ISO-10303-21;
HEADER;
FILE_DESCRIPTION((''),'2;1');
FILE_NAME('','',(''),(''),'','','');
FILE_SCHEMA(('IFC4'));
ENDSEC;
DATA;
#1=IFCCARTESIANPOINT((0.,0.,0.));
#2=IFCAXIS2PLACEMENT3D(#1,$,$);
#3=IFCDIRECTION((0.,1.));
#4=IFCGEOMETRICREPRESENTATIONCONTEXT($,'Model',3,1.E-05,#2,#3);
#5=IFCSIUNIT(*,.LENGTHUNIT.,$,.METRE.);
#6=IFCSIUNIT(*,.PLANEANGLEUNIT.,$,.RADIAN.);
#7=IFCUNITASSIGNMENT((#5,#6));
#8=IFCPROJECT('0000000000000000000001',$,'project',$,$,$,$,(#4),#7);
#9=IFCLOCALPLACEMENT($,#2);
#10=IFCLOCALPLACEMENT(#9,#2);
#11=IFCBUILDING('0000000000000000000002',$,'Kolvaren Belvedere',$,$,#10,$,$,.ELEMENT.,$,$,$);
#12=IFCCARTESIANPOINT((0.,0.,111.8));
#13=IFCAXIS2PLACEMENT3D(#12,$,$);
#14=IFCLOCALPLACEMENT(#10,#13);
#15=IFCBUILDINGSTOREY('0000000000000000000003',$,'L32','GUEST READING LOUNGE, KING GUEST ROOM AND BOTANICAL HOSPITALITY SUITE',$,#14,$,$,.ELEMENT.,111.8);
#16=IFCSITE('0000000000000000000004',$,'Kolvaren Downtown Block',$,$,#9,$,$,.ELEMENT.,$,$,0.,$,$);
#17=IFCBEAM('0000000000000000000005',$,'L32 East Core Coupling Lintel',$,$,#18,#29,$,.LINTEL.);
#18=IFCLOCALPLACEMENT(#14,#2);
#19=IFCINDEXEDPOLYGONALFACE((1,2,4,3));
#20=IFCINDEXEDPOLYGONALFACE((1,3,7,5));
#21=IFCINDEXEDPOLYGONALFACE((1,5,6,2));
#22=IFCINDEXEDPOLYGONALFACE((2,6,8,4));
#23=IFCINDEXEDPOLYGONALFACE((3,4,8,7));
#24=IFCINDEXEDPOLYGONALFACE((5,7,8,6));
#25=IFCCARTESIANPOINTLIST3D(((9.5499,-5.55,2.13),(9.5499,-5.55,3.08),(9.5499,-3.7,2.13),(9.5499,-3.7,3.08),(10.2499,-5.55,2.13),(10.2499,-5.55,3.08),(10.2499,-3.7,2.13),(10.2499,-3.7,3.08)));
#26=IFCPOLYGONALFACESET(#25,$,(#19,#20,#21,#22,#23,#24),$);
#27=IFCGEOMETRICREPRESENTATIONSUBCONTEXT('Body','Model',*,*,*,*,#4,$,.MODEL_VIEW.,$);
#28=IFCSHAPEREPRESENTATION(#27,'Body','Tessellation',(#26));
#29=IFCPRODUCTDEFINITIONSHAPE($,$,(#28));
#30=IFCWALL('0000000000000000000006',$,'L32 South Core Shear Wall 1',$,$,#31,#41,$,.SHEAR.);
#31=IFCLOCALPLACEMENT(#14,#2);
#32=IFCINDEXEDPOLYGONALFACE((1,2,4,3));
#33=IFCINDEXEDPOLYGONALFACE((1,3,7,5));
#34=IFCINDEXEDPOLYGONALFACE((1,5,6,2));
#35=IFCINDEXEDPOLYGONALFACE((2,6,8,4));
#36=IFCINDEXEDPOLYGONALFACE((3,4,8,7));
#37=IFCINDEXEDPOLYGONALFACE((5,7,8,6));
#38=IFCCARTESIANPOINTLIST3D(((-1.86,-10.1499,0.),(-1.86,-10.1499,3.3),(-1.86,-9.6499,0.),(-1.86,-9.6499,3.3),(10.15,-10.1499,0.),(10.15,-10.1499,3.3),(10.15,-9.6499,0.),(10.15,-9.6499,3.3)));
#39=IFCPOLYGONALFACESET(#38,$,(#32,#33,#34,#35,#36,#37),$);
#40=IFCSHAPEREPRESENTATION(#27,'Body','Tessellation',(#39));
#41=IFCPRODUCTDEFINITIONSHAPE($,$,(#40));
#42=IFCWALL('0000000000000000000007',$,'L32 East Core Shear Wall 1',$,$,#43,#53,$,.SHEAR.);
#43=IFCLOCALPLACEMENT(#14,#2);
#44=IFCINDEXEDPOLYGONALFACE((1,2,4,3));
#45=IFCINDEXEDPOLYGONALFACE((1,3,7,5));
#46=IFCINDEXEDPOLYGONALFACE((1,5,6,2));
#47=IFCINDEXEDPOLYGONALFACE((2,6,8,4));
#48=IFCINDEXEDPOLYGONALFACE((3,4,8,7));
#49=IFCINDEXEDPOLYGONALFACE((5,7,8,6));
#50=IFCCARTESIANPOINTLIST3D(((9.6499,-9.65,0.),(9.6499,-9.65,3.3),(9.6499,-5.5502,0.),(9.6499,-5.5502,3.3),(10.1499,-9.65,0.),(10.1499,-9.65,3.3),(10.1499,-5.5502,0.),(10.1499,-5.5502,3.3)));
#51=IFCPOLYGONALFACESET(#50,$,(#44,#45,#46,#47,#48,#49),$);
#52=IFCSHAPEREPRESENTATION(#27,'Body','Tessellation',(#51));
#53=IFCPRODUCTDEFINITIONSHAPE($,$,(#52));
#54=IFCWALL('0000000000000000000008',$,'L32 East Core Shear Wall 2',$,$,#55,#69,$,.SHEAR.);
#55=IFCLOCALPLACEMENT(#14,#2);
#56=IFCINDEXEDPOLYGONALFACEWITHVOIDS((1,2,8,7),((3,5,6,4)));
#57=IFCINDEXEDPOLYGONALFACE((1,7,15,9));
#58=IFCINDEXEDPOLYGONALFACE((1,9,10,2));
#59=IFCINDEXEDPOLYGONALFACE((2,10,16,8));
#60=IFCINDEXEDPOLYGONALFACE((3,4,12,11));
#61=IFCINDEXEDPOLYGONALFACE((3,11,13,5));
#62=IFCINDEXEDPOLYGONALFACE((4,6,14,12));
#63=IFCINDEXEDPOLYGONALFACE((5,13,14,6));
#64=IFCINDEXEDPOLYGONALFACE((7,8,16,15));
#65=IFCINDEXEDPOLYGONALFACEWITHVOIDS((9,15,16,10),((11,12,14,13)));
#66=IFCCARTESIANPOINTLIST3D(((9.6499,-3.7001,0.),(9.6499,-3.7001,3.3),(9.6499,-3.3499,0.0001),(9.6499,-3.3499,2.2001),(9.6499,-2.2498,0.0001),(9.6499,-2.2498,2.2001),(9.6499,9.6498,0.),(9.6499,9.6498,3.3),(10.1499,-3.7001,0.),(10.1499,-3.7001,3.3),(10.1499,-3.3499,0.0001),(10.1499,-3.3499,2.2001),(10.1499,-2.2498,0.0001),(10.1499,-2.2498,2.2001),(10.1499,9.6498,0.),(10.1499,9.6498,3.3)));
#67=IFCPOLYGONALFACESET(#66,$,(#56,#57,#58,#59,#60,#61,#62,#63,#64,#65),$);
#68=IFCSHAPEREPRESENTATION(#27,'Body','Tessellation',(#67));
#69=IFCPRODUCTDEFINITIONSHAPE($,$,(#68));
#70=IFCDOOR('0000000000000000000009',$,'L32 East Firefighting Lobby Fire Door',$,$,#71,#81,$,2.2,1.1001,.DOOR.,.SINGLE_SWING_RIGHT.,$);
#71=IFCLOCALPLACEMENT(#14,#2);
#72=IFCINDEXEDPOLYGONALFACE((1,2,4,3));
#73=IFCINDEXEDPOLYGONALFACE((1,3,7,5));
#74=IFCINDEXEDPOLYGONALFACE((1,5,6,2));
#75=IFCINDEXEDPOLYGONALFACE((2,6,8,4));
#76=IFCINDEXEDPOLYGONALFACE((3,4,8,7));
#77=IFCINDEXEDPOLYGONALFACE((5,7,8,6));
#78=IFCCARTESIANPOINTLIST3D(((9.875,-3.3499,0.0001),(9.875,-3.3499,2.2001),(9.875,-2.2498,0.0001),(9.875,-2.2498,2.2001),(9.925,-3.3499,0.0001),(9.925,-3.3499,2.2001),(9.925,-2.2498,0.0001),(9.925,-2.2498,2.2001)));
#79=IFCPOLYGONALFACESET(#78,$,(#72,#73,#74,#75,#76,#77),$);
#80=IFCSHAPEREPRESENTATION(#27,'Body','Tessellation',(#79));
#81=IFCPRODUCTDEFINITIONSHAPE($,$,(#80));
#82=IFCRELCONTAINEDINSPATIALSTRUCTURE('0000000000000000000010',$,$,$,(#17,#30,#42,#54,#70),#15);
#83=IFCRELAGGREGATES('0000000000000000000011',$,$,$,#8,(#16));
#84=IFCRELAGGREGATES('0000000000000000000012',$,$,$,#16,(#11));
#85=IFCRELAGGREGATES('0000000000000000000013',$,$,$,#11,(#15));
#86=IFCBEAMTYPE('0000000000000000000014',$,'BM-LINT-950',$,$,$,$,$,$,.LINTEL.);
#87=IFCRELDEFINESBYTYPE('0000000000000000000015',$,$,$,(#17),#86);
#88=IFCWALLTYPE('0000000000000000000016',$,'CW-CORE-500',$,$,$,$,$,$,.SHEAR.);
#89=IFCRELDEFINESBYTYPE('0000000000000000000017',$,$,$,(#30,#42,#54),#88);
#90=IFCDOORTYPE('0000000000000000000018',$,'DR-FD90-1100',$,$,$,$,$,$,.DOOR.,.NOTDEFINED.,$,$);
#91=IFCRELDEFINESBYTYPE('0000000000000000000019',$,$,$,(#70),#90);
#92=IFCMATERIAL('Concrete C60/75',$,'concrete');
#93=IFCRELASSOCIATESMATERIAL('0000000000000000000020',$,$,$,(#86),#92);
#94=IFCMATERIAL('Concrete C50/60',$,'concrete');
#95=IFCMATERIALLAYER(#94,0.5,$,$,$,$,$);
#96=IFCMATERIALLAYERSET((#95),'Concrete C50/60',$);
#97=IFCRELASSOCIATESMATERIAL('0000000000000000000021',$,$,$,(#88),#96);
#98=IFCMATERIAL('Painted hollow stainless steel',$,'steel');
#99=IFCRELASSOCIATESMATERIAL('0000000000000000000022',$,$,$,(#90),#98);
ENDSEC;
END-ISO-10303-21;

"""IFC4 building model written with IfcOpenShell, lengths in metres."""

from ifc_helpers import new_model, si_unit, direction, frame, frame_2d, origin, origin_2d, place, context, subcontext, project, spatial, rectangle, extrude, material, layer, layer_set, material_profile, profile_set, type_object, element, fill, save


model = new_model("IFC4")

# Units and contexts
model_context = context("Model", 3, precision=1e-05, world=origin(), true_north=direction((0.0, 1.0)))
body_context = subcontext(model_context, "Body", "Model", "MODEL_VIEW")
ifc_project = project(units=[si_unit("LENGTHUNIT", "METRE"), si_unit("PLANEANGLEUNIT", "RADIAN")], contexts=[model_context])

# Site, building, storey
site_placement = place(None, origin())
site = spatial("IfcSite", under=ifc_project, at=site_placement, Name="Kolvaren Downtown Block", CompositionType="ELEMENT", RefElevation=0.0)
building_placement = place(site_placement, origin())
building = spatial("IfcBuilding", under=site, at=building_placement, Name="Kolvaren Belvedere", CompositionType="ELEMENT")
storey_placement = place(building_placement, frame((0.0, 0.0, 111.8)))
storey = spatial("IfcBuildingStorey", under=building, at=storey_placement, Name="L32", Description="GUEST READING LOUNGE, KING GUEST ROOM AND BOTANICAL HOSPITALITY SUITE", CompositionType="ELEMENT", Elevation=111.8)

# Beam
ifc_material_1 = material(Name="Concrete C60/75", Category="concrete")
ifc_material_profile_1 = material_profile(ifc_material_1, rectangle(XDim=0.7, YDim=0.95, at=origin_2d()), Name="RC 700X950")
ifc_profile_set_1 = profile_set([ifc_material_profile_1], Name="Concrete C60/75")
beam_type_1 = type_object("IfcBeamType", Name="BM-LINT-950", PredefinedType="LINTEL", material=ifc_profile_set_1)
beam_placement = place(storey_placement, frame((9.8999, -5.55, 2.605), z_axis=(0.0, 1.0, 0.0), x_axis=(-1.0, 0.0, 0.0)))
element("IfcBeam", 1, at=beam_placement, inside=storey, type_object=beam_type_1, Name="L32 East Core Coupling Lintel", PredefinedType="LINTEL", context=body_context, shape_type="SweptSolid", body=[
    extrude(rectangle(XDim=0.7, YDim=0.95, at=origin_2d()), origin(), (0.0, 0.0, 1.0), 1.8501),
])

# Walls
ifc_material_2 = material(Name="Concrete C50/60", Category="concrete")
ifc_layer_1 = layer(ifc_material_2, 0.5)
ifc_layer_set_1 = layer_set([ifc_layer_1], Name="Concrete C50/60")
wall_type_1 = type_object("IfcWallType", Name="CW-CORE-500", PredefinedType="SHEAR", material=ifc_layer_set_1)
wall_1_placement = place(storey_placement, frame((10.1499, -9.8999, 0.0), z_axis=(0.0, 0.0, 1.0), x_axis=(-1.0, 0.0, 0.0)))
element("IfcWall", 2, at=wall_1_placement, inside=storey, type_object=wall_type_1, Name="L32 South Core Shear Wall 1", PredefinedType="SHEAR", context=body_context, shape_type="SweptSolid", body=[
    extrude(rectangle(XDim=12.01, YDim=0.5, at=frame_2d((6.0049, 0.0))), origin(), (0.0, 0.0, 1.0), 3.3),
])
wall_2_placement = place(storey_placement, frame((9.8999, -9.6499, 0.0), z_axis=(0.0, 0.0, 1.0), x_axis=(0.0, 1.0, 0.0)))
element("IfcWall", 3, at=wall_2_placement, inside=storey, type_object=wall_type_1, Name="L32 East Core Shear Wall 1", PredefinedType="SHEAR", context=body_context, shape_type="SweptSolid", body=[
    extrude(rectangle(XDim=4.0999, YDim=0.5, at=frame_2d((2.0498, 0.0))), origin(), (0.0, 0.0, 1.0), 3.3),
])

# Wall, opening, door
wall_3_placement = place(storey_placement, frame((9.8999, -3.7, 0.0), z_axis=(0.0, 0.0, 1.0), x_axis=(0.0, 1.0, 0.0)))
wall_3 = element("IfcWall", 4, at=wall_3_placement, inside=storey, type_object=wall_type_1, Name="L32 East Core Shear Wall 2", PredefinedType="SHEAR", context=body_context, shape_type="SweptSolid", body=[
    extrude(rectangle(XDim=13.3499, YDim=0.5, at=frame_2d((6.6748, 0.0))), origin(), (0.0, 0.0, 1.0), 3.3),
])
opening_1_placement = place(wall_3_placement, frame((0.3501, 0.0, 0.0)))
opening_1 = element("IfcOpeningElement", 5, at=opening_1_placement, cuts=wall_3, PredefinedType="OPENING", context=body_context, shape_type="SweptSolid", body=[
    extrude(rectangle(XDim=1.1001, YDim=2.2, at=frame_2d((0.55, 1.1001))), frame((0.0, 0.26, 0.0), z_axis=(0.0, -1.0, 0.0), x_axis=(1.0, 0.0, 0.0)), (0.0, 0.0, 1.0), 0.52),
])
ifc_material_3 = material(Name="Painted hollow stainless steel", Category="steel")
door_type_1 = type_object("IfcDoorType", Name="DR-FD90-1100", OperationType="NOTDEFINED", PredefinedType="DOOR", material=ifc_material_3)
door_1_placement = place(opening_1_placement, origin())
door_1 = element("IfcDoor", 6, at=door_1_placement, inside=storey, type_object=door_type_1, Name="L32 East Firefighting Lobby Fire Door", OperationType="SINGLE_SWING_RIGHT", OverallHeight=2.2, OverallWidth=1.1001, PredefinedType="DOOR", context=body_context, shape_type="SweptSolid", body=[
    extrude(rectangle(XDim=1.1001, YDim=2.2, at=frame_2d((0.55, 1.1001))), frame((0.0, 0.0249, 0.0), z_axis=(0.0, -1.0, 0.0), x_axis=(1.0, 0.0, 0.0)), (0.0, 0.0, 1.0), 0.05),
])
fill(opening_1, door_1)

save(model, "model.ifc")
